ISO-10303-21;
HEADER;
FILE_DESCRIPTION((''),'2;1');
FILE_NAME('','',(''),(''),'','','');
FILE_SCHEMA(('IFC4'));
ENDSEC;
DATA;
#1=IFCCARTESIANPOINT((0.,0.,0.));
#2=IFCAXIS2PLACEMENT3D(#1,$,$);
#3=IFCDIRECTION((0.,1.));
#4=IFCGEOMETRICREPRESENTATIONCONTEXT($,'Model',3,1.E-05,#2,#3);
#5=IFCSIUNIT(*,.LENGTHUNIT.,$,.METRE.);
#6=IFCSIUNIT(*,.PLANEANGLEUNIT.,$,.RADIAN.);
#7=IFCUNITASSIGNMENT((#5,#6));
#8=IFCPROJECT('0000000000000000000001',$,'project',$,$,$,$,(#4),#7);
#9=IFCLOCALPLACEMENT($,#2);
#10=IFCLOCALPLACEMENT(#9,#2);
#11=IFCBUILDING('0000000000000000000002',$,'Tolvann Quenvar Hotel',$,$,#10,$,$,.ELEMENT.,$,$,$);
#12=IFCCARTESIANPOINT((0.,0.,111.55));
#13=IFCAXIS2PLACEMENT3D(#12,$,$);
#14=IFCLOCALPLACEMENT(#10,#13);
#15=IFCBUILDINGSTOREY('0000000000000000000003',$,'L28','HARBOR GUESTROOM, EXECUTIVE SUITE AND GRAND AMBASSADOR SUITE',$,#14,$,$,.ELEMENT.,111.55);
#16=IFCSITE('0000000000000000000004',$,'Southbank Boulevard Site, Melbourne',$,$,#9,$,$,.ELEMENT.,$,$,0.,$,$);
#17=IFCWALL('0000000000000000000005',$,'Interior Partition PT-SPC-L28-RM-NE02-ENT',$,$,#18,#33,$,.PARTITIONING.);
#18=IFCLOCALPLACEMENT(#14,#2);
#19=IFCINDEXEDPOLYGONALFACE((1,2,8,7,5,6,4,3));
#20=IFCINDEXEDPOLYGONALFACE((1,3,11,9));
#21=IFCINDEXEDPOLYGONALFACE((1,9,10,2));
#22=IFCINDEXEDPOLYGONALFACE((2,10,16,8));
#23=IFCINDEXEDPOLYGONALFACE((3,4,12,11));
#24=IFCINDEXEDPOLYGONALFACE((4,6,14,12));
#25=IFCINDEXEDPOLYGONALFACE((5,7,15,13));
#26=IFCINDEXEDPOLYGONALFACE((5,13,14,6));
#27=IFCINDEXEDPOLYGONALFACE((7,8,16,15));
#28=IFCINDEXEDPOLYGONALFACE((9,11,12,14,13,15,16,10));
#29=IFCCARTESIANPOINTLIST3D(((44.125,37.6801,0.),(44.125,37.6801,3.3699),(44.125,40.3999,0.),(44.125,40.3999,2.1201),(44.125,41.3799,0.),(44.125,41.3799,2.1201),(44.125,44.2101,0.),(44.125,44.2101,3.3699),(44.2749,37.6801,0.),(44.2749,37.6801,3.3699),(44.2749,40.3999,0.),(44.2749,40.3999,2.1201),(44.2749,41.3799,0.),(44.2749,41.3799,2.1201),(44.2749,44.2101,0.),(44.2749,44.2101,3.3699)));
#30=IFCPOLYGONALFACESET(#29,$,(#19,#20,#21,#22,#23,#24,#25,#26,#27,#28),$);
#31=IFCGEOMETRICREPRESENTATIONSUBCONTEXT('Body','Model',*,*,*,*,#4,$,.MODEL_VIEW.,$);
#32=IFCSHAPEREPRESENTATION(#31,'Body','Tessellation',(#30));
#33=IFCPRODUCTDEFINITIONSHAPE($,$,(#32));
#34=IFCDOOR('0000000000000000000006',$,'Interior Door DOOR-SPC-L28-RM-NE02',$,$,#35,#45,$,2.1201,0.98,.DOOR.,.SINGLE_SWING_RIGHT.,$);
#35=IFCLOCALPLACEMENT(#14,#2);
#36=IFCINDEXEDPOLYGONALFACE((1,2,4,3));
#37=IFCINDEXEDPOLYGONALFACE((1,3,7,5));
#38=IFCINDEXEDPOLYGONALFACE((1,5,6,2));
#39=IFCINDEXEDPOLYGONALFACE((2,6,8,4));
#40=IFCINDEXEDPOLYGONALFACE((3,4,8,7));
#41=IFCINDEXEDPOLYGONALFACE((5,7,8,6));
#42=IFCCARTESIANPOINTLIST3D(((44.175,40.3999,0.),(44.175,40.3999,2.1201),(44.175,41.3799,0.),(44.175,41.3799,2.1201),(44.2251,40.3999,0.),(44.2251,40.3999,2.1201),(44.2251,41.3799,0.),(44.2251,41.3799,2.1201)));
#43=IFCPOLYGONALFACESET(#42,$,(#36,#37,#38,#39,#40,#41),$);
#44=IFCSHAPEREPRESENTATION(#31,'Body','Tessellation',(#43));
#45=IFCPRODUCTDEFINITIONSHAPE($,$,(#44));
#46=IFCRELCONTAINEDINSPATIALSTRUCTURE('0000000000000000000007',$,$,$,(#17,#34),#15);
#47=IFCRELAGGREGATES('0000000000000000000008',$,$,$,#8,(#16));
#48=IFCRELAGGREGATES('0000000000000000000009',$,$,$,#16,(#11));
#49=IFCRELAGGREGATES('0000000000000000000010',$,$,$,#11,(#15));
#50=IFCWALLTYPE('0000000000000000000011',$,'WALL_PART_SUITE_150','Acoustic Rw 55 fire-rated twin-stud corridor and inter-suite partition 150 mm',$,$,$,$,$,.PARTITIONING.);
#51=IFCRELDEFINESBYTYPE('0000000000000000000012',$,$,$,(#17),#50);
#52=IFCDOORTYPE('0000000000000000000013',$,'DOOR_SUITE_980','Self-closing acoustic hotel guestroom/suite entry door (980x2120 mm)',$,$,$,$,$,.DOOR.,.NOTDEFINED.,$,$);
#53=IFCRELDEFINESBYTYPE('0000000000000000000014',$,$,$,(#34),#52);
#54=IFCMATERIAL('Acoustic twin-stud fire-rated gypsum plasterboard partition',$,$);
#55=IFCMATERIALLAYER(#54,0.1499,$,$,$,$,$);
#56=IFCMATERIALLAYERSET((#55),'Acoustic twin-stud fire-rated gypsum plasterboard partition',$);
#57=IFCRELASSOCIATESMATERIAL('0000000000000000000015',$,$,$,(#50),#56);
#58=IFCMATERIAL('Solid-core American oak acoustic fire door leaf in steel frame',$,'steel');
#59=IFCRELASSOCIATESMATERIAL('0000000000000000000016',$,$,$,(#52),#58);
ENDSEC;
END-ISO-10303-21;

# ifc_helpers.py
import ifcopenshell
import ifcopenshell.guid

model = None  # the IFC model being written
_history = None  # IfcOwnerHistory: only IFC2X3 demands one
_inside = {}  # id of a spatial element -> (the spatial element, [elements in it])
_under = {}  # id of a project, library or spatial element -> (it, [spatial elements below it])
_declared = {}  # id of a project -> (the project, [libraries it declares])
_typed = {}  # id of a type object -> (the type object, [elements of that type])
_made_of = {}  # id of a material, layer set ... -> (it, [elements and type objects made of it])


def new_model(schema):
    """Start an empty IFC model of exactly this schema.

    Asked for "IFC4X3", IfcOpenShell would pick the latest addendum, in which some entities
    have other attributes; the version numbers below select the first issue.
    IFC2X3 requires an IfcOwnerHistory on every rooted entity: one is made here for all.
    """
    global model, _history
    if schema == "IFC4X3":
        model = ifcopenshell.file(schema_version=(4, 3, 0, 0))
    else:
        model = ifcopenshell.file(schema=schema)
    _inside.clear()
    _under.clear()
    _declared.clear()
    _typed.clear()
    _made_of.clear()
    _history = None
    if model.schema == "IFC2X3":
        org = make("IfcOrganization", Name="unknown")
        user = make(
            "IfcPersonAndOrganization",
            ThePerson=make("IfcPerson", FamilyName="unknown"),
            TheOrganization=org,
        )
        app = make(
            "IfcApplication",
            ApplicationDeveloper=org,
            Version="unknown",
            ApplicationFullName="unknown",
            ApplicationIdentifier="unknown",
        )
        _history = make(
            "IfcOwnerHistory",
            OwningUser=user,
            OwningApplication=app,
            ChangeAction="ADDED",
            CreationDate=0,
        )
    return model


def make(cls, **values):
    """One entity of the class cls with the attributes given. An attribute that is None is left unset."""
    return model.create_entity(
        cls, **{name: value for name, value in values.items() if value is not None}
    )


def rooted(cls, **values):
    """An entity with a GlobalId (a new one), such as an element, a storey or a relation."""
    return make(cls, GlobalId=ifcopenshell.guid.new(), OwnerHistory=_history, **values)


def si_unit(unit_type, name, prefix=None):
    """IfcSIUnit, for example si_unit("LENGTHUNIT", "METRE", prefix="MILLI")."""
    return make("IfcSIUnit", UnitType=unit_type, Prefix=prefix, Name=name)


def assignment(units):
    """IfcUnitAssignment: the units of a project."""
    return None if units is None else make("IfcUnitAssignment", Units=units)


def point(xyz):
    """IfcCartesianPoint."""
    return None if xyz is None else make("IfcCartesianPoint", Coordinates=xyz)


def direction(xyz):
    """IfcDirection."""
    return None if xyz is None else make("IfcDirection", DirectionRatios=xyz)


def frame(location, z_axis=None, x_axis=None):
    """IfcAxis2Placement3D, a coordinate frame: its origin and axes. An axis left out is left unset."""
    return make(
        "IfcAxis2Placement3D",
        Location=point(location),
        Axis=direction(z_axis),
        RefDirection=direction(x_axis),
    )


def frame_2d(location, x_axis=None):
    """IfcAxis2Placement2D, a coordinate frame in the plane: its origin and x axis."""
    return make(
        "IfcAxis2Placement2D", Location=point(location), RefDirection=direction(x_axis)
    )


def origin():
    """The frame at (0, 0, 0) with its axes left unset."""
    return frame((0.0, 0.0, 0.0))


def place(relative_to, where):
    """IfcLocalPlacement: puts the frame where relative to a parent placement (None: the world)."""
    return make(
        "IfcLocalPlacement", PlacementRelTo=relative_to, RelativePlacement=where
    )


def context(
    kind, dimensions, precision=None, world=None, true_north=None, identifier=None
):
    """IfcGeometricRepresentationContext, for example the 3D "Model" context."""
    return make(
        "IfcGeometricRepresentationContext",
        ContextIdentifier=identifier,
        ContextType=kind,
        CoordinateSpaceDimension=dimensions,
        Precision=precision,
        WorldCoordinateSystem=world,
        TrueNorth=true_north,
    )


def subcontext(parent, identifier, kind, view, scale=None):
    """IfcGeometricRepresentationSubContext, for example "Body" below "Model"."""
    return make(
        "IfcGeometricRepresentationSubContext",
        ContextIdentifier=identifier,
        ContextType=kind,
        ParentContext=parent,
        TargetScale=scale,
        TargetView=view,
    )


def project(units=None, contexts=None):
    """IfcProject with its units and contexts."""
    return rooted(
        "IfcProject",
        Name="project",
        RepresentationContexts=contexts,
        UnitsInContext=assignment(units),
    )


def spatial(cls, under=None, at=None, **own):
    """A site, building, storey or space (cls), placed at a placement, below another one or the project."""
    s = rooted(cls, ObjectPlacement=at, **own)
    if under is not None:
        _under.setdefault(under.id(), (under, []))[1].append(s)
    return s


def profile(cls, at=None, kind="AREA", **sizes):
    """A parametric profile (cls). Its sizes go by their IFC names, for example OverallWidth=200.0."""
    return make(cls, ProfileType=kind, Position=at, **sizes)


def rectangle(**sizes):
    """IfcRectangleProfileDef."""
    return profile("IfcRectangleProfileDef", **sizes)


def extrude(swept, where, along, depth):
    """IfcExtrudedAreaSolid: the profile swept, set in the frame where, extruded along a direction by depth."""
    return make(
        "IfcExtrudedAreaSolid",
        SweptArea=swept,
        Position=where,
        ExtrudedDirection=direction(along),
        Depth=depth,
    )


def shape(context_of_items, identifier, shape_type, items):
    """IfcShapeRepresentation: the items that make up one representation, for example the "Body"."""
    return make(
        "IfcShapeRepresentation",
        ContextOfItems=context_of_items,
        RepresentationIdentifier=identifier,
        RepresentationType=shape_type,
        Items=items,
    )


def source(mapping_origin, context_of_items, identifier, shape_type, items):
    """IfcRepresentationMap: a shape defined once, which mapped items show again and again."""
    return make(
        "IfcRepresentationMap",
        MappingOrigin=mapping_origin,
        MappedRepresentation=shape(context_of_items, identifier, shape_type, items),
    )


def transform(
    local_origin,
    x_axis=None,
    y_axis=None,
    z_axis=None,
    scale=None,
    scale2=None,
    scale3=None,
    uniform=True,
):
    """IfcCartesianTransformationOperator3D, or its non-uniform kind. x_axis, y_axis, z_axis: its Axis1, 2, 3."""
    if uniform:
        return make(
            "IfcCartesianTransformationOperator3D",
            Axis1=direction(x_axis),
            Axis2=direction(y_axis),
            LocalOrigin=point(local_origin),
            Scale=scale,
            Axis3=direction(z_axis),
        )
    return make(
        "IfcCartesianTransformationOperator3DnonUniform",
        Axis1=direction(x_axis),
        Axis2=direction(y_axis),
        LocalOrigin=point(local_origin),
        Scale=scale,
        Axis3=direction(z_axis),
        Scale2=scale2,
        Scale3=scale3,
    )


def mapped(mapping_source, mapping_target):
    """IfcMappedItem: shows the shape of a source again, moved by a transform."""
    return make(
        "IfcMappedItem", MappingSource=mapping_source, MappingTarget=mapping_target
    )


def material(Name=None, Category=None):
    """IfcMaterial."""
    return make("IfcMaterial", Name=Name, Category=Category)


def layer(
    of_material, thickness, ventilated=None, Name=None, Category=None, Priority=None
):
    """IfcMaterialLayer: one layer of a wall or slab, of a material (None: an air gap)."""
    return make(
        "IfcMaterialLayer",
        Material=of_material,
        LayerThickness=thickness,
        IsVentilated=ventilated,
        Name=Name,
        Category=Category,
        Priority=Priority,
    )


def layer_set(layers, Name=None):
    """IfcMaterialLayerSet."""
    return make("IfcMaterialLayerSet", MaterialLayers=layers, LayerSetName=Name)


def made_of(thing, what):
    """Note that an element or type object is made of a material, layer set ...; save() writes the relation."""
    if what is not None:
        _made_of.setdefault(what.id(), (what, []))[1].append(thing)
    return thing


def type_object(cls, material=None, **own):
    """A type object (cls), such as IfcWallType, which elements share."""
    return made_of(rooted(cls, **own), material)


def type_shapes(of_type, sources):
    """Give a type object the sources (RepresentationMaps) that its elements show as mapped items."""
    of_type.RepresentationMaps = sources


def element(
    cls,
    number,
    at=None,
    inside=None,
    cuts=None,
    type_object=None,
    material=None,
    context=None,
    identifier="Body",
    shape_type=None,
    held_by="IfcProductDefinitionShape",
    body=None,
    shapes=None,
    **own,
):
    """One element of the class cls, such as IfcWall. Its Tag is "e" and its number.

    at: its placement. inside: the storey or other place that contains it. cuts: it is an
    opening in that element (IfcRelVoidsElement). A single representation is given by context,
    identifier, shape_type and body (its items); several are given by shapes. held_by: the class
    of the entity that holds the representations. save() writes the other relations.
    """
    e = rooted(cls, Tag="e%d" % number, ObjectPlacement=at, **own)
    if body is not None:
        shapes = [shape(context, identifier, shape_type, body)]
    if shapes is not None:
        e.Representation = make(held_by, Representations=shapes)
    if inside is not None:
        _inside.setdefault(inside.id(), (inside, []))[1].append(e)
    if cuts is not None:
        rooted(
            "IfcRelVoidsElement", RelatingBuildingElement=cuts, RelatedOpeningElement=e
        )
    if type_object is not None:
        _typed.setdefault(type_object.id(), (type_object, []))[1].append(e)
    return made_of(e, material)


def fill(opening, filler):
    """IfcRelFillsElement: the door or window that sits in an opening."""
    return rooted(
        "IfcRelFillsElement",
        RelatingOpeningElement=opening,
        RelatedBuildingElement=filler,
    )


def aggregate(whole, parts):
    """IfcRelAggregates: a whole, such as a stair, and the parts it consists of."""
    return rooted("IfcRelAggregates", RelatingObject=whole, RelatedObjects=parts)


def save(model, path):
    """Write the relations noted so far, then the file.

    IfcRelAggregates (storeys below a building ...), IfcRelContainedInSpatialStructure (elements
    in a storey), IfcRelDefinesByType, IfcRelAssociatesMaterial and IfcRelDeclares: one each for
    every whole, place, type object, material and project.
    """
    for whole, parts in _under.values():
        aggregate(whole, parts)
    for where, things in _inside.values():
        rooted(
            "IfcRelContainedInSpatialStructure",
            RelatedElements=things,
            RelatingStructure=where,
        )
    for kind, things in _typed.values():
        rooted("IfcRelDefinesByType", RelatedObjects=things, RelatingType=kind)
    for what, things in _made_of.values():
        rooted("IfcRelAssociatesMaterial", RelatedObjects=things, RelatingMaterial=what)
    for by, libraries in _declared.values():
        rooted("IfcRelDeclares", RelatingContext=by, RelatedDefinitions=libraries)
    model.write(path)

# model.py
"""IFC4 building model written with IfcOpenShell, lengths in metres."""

from ifc_helpers import new_model, si_unit, direction, frame, frame_2d, origin, place, context, subcontext, project, spatial, rectangle, extrude, source, transform, mapped, material, layer, layer_set, type_object, type_shapes, element, fill, save


model = new_model("IFC4")

# Units and contexts
model_context = context("Model", 3, precision=1e-05, world=origin(), true_north=direction((0.0, 1.0)))
body_context = subcontext(model_context, "Body", "Model", "MODEL_VIEW")
ifc_project = project(units=[si_unit("LENGTHUNIT", "METRE"), si_unit("PLANEANGLEUNIT", "RADIAN")], contexts=[model_context])

# Site, building, storey
site_placement = place(None, origin())
site = spatial("IfcSite", under=ifc_project, at=site_placement, Name="Southbank Boulevard Site, Melbourne", CompositionType="ELEMENT", RefElevation=0.0)
building_placement = place(site_placement, origin())
building = spatial("IfcBuilding", under=site, at=building_placement, Name="Tolvann Quenvar Hotel", CompositionType="ELEMENT")
storey_placement = place(building_placement, frame((0.0, 0.0, 111.55)))
storey = spatial("IfcBuildingStorey", under=building, at=storey_placement, Name="L28", Description="HARBOR GUESTROOM, EXECUTIVE SUITE AND GRAND AMBASSADOR SUITE", CompositionType="ELEMENT", Elevation=111.55)

# Shared definitions
ifc_material_1 = material(Name="Acoustic twin-stud fire-rated gypsum plasterboard partition")
ifc_layer_1 = layer(ifc_material_1, 0.1499)
ifc_layer_set_1 = layer_set([ifc_layer_1], Name="Acoustic twin-stud fire-rated gypsum plasterboard partition")
wall_type_1 = type_object("IfcWallType", Name="WALL_PART_SUITE_150", Description="Acoustic Rw 55 fire-rated twin-stud corridor and inter-suite partition 150 mm", PredefinedType="PARTITIONING", material=ifc_layer_set_1)
ifc_material_2 = material(Name="Solid-core American oak acoustic fire door leaf in steel frame", Category="steel")

# Shared definitions
door_type_1 = type_object("IfcDoorType", Name="DOOR_SUITE_980", Description="Self-closing acoustic hotel guestroom/suite entry door (980x2120 mm)", OperationType="NOTDEFINED", PredefinedType="DOOR", material=ifc_material_2)
shared_shape_1 = source(origin(), body_context, "Body", "SweptSolid", [
    extrude(rectangle(XDim=0.98, YDim=2.1201, at=frame_2d((0.49, 1.0601))), frame((0.0, 0.0249, 0.0), z_axis=(0.0, -1.0, 0.0), x_axis=(1.0, 0.0, 0.0)), (0.0, 0.0, 1.0), 0.05),
])
type_shapes(door_type_1, [shared_shape_1])

# Wall, opening, door
wall_1_placement = place(storey_placement, frame((44.2, 37.6799, 0.0), z_axis=(0.0, 0.0, 1.0), x_axis=(0.0, 1.0, 0.0)))
wall_1 = element("IfcWall", 1, at=wall_1_placement, inside=storey, type_object=wall_type_1, Name="Interior Partition PT-SPC-L28-RM-NE02-ENT", PredefinedType="PARTITIONING", context=body_context, shape_type="SweptSolid", body=[
    extrude(rectangle(XDim=6.53, YDim=0.1499, at=frame_2d((3.2651, 0.0))), origin(), (0.0, 0.0, 1.0), 3.3699),
])
opening_1_placement = place(wall_1_placement, frame((2.72, 0.0, 0.0)))
opening_1 = element("IfcOpeningElement", 2, at=opening_1_placement, cuts=wall_1, PredefinedType="OPENING", context=body_context, shape_type="SweptSolid", body=[
    extrude(rectangle(XDim=0.98, YDim=2.1201, at=frame_2d((0.49, 1.0601))), frame((0.0, 0.085, 0.0), z_axis=(0.0, -1.0, 0.0), x_axis=(1.0, 0.0, 0.0)), (0.0, 0.0, 1.0), 0.1699),
])
door_1_placement = place(opening_1_placement, origin())
door_1 = element("IfcDoor", 3, at=door_1_placement, inside=storey, type_object=door_type_1, Name="Interior Door DOOR-SPC-L28-RM-NE02", OperationType="SINGLE_SWING_RIGHT", OverallHeight=2.1201, OverallWidth=0.98, PredefinedType="DOOR", context=body_context, shape_type="MappedRepresentation", body=[
    mapped(shared_shape_1, transform((0.0, 0.0, 0.0), x_axis=(1.0, 0.0, 0.0), y_axis=(0.0, 1.0, 0.0), z_axis=(0.0, 0.0, 1.0), scale=1.0)),
])
fill(opening_1, door_1)

save(model, "model.ifc")
